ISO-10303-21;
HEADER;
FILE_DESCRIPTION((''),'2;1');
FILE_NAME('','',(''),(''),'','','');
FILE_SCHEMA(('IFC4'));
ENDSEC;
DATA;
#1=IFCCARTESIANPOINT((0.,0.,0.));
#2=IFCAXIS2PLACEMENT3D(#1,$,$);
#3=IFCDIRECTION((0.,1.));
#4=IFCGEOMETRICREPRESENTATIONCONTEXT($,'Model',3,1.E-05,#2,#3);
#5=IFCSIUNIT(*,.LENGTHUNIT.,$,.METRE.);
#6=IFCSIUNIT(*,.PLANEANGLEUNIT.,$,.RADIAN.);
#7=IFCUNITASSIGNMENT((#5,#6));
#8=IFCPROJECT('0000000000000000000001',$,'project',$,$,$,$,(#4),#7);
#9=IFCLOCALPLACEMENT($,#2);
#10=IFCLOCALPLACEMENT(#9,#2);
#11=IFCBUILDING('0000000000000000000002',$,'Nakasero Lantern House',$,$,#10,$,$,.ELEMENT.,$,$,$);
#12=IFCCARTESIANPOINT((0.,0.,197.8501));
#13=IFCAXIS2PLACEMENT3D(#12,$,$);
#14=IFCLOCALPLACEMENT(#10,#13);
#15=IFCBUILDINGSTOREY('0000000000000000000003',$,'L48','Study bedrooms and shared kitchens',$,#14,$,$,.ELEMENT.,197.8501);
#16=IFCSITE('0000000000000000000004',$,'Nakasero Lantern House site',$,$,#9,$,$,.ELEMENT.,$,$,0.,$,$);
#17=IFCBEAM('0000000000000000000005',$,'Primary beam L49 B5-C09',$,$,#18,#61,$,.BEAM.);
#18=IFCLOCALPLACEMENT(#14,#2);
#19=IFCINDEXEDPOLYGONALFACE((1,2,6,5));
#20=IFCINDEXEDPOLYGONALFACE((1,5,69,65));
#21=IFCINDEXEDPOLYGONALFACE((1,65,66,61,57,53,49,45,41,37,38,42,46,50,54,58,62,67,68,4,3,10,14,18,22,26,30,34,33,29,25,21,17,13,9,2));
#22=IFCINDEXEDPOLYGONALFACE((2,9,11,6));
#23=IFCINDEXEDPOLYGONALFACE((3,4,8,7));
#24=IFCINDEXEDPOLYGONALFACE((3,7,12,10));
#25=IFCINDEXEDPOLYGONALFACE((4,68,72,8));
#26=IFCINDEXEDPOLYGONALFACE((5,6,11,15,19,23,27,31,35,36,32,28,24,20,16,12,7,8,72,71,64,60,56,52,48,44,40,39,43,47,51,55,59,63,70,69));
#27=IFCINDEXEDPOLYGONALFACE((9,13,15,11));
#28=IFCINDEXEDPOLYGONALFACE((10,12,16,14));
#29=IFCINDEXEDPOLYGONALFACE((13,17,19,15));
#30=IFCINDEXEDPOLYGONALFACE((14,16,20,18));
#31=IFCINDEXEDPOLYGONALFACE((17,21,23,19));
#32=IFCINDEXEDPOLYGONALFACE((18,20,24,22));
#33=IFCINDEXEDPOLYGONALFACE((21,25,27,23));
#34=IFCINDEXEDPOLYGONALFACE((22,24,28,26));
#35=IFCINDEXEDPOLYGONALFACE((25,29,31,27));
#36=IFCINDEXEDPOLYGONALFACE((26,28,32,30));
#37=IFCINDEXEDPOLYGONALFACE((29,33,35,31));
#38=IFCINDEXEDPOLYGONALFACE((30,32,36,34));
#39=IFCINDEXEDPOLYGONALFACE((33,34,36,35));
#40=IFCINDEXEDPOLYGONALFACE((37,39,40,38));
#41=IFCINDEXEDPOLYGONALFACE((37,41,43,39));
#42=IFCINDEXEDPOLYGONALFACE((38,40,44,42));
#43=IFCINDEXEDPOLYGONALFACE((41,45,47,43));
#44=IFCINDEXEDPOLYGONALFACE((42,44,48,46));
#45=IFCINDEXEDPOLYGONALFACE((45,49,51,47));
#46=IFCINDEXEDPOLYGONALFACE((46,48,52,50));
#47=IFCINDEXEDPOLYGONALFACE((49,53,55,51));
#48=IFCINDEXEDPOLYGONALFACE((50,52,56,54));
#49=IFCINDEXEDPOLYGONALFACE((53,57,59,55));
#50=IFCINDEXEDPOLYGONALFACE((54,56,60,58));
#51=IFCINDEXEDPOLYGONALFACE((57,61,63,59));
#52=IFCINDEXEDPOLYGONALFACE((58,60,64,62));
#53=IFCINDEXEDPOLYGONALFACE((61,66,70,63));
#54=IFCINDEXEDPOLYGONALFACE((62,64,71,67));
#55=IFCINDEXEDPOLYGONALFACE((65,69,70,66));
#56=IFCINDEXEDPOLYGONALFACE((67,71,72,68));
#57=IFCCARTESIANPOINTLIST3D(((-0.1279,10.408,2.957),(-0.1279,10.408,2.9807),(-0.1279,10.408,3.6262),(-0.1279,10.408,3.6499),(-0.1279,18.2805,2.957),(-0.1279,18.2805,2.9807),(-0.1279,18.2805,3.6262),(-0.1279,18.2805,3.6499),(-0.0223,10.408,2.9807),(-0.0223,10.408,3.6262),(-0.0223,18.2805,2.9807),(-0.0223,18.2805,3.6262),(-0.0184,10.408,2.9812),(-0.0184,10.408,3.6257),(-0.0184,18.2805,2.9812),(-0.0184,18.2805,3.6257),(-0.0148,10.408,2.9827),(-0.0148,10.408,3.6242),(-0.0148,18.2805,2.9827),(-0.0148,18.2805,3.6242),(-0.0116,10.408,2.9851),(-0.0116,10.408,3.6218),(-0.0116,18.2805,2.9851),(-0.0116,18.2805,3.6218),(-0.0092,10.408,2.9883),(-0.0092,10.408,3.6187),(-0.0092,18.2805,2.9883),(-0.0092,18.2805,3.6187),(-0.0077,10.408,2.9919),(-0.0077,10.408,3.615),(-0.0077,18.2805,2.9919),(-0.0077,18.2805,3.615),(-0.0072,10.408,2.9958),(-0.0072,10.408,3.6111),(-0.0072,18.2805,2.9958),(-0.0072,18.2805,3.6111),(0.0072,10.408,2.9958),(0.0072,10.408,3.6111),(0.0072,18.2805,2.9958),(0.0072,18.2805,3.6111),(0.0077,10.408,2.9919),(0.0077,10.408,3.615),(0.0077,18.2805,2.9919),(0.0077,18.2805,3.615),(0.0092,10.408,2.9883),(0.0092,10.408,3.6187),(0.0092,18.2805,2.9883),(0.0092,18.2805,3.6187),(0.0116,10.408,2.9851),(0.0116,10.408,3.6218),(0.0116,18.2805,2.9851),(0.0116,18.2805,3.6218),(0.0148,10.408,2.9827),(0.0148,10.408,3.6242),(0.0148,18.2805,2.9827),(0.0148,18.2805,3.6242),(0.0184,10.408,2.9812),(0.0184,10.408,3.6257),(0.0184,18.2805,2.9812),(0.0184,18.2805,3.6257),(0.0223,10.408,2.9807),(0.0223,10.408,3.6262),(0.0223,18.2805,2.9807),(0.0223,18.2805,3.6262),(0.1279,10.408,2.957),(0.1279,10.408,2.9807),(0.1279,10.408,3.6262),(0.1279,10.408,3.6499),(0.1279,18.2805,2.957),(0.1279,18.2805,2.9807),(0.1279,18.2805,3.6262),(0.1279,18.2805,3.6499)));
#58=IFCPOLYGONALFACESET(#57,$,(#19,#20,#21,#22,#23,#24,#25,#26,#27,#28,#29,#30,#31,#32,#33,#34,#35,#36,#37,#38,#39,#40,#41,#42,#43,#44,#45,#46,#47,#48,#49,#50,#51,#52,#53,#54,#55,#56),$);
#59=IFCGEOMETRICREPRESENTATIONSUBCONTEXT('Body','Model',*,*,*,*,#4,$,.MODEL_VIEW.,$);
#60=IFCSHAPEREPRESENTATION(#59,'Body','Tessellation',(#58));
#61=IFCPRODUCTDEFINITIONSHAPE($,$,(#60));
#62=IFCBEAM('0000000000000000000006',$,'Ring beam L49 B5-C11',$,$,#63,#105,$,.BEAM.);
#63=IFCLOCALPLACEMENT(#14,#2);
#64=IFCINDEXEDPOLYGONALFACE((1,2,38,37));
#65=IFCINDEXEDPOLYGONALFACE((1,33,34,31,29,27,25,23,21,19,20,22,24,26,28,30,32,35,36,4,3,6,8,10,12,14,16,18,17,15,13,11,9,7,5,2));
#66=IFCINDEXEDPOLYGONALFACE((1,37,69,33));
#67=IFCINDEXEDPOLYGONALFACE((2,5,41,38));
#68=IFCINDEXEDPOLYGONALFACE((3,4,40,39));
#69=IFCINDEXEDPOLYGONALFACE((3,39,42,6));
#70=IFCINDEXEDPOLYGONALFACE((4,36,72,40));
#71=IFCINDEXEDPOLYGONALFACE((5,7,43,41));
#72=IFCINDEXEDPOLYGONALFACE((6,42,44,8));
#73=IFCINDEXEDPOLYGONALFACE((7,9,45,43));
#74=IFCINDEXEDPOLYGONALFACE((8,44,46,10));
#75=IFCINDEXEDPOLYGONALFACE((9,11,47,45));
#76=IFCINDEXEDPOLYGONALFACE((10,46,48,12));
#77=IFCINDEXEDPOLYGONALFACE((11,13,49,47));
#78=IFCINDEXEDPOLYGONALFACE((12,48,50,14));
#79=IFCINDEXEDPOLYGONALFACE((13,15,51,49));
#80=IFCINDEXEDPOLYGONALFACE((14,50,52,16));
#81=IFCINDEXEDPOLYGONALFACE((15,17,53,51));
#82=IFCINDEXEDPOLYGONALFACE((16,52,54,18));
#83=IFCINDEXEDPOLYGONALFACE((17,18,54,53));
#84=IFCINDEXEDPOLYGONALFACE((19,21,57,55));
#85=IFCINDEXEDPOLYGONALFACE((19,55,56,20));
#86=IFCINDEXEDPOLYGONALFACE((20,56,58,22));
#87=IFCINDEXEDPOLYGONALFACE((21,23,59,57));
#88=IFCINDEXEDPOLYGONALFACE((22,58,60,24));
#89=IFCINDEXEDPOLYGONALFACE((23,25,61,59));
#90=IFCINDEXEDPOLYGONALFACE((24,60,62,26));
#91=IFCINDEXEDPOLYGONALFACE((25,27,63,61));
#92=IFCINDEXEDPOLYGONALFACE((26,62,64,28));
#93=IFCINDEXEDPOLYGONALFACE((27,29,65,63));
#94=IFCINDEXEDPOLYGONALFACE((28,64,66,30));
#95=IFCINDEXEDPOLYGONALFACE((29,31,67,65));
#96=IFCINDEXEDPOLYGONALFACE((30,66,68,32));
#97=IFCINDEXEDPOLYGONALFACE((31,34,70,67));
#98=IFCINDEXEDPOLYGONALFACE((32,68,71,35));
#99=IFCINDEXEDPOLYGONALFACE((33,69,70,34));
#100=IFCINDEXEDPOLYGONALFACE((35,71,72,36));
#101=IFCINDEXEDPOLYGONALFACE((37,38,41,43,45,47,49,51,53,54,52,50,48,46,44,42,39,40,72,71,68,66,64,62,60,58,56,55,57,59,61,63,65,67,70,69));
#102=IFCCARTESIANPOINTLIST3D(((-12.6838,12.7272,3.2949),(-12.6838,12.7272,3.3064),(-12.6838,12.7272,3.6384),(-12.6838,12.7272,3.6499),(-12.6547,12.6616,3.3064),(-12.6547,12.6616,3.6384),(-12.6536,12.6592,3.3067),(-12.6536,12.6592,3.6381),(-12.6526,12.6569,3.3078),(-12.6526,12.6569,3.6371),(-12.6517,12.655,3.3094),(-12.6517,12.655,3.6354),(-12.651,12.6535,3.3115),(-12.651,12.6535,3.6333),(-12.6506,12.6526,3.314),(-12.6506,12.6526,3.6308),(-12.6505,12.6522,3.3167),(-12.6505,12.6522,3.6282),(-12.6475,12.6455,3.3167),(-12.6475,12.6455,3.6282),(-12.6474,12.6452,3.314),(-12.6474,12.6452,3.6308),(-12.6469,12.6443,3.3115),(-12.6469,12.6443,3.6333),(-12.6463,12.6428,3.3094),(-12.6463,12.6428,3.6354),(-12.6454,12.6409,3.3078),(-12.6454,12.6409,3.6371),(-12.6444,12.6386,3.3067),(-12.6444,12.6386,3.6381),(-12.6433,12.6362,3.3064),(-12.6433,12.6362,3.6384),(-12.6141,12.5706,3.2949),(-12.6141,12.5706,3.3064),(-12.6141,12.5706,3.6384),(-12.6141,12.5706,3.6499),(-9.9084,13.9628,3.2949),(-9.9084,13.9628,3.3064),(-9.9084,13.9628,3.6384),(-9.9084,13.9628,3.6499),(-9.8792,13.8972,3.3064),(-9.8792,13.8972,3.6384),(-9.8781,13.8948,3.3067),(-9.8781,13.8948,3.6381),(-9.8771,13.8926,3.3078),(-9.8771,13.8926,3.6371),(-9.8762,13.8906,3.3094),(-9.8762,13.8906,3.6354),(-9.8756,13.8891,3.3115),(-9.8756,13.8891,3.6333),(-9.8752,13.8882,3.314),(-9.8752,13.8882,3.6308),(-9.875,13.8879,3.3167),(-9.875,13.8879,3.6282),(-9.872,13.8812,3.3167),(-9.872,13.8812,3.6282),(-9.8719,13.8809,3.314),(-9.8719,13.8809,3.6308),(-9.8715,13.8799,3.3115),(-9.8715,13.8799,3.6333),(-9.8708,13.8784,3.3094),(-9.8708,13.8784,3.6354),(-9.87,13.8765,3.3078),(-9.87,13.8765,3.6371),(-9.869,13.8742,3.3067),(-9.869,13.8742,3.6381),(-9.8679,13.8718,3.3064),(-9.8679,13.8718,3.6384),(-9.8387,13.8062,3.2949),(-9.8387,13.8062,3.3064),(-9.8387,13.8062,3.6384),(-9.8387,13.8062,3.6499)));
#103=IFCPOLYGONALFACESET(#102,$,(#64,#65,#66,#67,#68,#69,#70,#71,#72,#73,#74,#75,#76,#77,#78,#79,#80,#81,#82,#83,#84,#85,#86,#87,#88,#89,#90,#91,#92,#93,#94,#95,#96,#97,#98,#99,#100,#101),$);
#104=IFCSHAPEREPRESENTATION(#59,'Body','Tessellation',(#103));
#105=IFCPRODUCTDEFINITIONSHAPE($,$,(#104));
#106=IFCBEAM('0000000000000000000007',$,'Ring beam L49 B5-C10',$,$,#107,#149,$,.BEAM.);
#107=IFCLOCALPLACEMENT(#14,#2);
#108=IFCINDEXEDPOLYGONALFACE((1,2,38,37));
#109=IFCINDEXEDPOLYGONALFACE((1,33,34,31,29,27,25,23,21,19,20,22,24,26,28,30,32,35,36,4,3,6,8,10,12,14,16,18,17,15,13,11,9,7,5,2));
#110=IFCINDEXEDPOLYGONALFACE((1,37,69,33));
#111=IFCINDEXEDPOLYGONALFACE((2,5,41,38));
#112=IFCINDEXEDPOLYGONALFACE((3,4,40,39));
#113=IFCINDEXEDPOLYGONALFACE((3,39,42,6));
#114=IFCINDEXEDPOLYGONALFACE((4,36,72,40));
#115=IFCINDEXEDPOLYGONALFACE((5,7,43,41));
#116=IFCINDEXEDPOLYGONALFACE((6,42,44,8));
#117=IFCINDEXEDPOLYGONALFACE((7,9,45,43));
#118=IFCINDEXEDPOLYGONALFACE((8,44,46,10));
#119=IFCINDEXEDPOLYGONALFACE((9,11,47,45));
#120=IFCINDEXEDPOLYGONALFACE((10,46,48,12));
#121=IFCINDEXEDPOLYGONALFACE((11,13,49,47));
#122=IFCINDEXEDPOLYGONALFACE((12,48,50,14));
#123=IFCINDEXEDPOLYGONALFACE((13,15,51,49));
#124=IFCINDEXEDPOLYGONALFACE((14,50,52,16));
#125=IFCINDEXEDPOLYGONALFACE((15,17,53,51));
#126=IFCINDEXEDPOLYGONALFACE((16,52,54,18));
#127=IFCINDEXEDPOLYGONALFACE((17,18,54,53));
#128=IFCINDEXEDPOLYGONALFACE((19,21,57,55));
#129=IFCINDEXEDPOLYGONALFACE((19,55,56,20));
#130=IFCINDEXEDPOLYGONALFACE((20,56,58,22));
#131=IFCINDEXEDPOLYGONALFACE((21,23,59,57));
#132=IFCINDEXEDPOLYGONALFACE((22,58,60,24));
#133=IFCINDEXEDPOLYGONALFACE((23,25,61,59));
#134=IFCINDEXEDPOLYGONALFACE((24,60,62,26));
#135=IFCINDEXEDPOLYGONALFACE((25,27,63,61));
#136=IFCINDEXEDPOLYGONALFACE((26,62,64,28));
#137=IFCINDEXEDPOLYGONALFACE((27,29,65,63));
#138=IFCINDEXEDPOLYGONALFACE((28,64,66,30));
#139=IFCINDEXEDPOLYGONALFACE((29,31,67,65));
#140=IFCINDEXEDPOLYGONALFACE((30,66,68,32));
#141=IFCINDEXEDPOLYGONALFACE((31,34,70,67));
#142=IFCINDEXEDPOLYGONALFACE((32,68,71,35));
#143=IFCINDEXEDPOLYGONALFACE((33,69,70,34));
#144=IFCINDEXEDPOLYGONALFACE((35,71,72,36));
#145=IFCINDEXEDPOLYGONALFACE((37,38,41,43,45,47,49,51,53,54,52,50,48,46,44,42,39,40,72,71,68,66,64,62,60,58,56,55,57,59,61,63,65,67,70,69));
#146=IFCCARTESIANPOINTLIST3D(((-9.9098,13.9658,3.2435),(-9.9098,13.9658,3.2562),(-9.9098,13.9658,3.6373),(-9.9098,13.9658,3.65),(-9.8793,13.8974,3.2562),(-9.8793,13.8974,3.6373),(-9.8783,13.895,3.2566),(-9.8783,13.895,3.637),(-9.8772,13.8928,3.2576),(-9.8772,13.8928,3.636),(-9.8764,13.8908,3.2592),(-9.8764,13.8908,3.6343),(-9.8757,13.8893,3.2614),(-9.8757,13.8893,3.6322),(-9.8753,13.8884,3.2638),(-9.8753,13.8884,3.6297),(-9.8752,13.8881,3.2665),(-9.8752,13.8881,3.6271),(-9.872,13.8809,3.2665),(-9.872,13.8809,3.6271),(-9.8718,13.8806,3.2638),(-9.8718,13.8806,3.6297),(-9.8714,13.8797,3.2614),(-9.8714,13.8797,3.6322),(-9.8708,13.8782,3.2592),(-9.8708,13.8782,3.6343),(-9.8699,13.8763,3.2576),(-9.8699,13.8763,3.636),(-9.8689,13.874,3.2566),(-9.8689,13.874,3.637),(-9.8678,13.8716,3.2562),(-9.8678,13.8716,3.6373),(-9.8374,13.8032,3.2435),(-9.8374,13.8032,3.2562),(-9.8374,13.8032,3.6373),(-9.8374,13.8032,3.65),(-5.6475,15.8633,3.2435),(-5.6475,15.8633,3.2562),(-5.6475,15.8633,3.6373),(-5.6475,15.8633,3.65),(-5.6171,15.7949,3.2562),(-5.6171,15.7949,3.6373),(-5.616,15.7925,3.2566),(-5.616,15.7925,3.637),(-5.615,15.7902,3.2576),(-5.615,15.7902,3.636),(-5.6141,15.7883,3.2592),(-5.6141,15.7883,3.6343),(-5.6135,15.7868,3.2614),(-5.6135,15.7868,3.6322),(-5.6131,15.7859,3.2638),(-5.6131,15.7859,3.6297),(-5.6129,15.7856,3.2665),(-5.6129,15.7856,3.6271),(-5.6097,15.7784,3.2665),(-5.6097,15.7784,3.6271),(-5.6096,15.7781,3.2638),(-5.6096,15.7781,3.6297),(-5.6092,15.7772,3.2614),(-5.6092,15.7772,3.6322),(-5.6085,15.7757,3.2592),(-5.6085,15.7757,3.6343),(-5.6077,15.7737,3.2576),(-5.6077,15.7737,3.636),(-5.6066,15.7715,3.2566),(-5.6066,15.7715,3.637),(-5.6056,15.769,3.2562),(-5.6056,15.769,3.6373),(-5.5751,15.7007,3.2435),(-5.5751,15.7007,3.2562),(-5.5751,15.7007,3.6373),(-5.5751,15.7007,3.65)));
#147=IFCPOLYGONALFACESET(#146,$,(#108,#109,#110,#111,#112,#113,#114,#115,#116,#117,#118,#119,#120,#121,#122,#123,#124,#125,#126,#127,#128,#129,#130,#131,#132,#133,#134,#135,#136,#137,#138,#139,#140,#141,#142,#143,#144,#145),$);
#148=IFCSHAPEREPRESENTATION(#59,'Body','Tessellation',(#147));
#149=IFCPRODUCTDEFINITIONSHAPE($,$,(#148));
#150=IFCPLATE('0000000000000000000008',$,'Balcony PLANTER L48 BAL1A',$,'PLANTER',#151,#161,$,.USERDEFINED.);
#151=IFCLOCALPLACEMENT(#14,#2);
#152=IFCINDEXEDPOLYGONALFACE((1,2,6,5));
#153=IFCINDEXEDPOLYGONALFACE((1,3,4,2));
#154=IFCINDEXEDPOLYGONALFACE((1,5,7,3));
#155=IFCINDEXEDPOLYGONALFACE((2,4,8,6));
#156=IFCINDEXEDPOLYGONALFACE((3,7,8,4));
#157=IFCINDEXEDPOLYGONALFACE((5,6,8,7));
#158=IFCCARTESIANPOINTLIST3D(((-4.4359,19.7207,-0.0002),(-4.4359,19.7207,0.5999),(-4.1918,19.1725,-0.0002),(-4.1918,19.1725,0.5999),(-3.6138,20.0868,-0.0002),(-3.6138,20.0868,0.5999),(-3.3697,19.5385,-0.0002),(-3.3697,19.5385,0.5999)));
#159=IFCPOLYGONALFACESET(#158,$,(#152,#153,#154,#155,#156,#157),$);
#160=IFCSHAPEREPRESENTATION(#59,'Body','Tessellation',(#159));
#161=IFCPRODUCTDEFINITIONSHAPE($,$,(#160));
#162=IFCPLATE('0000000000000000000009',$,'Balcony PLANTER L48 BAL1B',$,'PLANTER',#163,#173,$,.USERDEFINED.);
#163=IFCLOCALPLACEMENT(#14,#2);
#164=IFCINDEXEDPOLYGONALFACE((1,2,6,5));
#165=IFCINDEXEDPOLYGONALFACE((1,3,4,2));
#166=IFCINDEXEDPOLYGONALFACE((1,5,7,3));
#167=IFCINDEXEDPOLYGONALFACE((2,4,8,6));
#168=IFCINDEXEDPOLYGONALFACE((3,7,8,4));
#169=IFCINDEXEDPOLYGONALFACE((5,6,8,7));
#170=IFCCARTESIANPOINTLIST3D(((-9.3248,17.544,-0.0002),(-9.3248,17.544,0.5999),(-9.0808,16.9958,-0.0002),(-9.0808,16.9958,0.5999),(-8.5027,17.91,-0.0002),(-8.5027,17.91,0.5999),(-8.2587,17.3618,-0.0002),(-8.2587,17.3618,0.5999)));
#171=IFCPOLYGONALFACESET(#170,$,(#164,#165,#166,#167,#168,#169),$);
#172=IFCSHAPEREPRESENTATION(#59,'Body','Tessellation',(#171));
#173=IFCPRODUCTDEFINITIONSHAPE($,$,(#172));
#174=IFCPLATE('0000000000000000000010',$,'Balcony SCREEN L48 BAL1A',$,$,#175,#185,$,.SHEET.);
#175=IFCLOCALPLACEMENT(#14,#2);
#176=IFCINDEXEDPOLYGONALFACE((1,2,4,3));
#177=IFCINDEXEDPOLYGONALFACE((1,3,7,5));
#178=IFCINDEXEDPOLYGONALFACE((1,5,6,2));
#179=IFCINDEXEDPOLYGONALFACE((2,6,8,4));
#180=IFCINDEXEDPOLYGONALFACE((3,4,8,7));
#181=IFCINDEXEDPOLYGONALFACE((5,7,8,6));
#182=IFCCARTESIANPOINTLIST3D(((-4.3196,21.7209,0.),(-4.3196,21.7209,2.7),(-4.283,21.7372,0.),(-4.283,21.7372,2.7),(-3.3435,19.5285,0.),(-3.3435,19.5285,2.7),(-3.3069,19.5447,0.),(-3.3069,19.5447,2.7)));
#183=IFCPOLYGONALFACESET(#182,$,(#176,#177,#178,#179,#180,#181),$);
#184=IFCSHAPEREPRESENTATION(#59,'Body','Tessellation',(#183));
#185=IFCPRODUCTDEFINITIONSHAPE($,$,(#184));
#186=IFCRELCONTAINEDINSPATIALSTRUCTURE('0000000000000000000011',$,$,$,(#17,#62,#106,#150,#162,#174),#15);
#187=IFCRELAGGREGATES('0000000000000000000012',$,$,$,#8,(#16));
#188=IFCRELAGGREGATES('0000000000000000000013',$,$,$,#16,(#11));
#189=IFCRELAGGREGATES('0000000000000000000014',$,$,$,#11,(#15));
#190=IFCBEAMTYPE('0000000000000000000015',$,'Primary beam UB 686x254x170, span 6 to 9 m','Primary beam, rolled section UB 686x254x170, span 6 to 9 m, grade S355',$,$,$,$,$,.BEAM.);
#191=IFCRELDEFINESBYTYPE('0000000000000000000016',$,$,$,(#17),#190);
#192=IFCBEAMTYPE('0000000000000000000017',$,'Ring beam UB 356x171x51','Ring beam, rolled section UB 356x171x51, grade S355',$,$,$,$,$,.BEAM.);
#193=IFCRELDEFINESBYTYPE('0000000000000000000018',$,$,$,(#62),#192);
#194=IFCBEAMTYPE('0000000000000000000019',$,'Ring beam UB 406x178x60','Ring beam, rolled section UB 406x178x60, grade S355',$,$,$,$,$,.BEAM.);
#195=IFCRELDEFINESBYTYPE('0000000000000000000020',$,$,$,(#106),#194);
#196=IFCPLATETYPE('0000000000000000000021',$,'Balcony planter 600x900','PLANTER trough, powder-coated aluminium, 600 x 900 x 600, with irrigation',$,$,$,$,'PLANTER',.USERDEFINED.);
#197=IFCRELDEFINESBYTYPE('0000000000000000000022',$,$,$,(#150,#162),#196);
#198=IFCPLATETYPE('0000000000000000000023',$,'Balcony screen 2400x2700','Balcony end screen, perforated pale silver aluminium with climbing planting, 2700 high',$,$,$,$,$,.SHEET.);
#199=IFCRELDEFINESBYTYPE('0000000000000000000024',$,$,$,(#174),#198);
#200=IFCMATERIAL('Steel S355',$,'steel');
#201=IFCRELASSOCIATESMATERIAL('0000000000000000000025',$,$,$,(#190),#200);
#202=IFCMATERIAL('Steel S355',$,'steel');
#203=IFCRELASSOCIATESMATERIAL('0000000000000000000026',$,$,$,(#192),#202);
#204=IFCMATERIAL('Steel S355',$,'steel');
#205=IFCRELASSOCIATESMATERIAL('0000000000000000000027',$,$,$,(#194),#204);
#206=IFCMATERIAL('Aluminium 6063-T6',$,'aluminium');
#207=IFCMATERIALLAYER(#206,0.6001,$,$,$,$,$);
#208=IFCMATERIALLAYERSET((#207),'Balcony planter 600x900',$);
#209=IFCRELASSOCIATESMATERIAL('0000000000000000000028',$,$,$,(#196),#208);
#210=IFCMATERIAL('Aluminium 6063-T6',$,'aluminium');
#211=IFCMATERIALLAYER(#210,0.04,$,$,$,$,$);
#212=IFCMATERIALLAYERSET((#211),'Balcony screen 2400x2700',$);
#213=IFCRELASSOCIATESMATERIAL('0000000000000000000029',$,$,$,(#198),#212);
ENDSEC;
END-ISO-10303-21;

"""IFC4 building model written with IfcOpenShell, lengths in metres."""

from ifc_helpers import new_model, si_unit, direction, frame, origin, origin_2d, place, context, subcontext, project, spatial, rectangle, i_section, extrude, material, layer, layer_set, material_profile, profile_set, type_object, element, save


model = new_model("IFC4")

# Units and contexts
model_context = context("Model", 3, precision=1e-05, world=origin(), true_north=direction((0.0, 1.0)))
body_context = subcontext(model_context, "Body", "Model", "MODEL_VIEW")
ifc_project = project(units=[si_unit("LENGTHUNIT", "METRE"), si_unit("PLANEANGLEUNIT", "RADIAN")], contexts=[model_context])

# Site, building, storey
site_placement = place(None, origin())
site = spatial("IfcSite", under=ifc_project, at=site_placement, Name="Nakasero Lantern House site", CompositionType="ELEMENT", RefElevation=0.0)
building_placement = place(site_placement, origin())
building = spatial("IfcBuilding", under=site, at=building_placement, Name="Nakasero Lantern House", CompositionType="ELEMENT")
storey_placement = place(building_placement, frame((0.0, 0.0, 197.8501)))
storey = spatial("IfcBuildingStorey", under=building, at=storey_placement, Name="L48", Description="Study bedrooms and shared kitchens", CompositionType="ELEMENT", Elevation=197.8501)

# Beams
ifc_material_1 = material(Name="Steel S355", Category="steel")
ifc_material_profile_1 = material_profile(ifc_material_1, i_section(OverallWidth=0.2559, OverallDepth=0.6929, WebThickness=0.0144, FlangeThickness=0.0237, FilletRadius=0.0151, at=origin_2d()), Name="UB 686x254x170")
ifc_profile_set_1 = profile_set([ifc_material_profile_1], Name="Steel S355")
beam_type_1 = type_object("IfcBeamType", Name="Primary beam UB 686x254x170, span 6 to 9 m", Description="Primary beam, rolled section UB 686x254x170, span 6 to 9 m, grade S355", PredefinedType="BEAM", material=ifc_profile_set_1)
beam_1_placement = place(storey_placement, frame((0.0, 18.2805, 3.3035), z_axis=(0.0, -1.0, 0.0), x_axis=(1.0, 0.0, 0.0)))
element("IfcBeam", 1, at=beam_1_placement, inside=storey, type_object=beam_type_1, Name="Primary beam L49 B5-C09", PredefinedType="BEAM", context=body_context, shape_type="SweptSolid", body=[
    extrude(i_section(OverallWidth=0.2559, OverallDepth=0.6929, WebThickness=0.0144, FlangeThickness=0.0237, FilletRadius=0.0151, at=origin_2d()), origin(), (0.0, 0.0, 1.0), 7.8726),
])
ifc_material_2 = material(Name="Steel S355", Category="steel")
ifc_material_profile_2 = material_profile(ifc_material_2, i_section(OverallWidth=0.1714, OverallDepth=0.355, WebThickness=0.0073, FlangeThickness=0.0115, FilletRadius=0.0103, at=origin_2d()), Name="UB 356x171x51")
ifc_profile_set_2 = profile_set([ifc_material_profile_2], Name="Steel S355")
beam_type_2 = type_object("IfcBeamType", Name="Ring beam UB 356x171x51", Description="Ring beam, rolled section UB 356x171x51, grade S355", PredefinedType="BEAM", material=ifc_profile_set_2)
beam_2_placement = place(storey_placement, frame((-9.8735, 13.8845, 3.4724), z_axis=(-0.913556, -0.406713, 0.0), x_axis=(0.406713, -0.913556, 0.0)))
element("IfcBeam", 2, at=beam_2_placement, inside=storey, type_object=beam_type_2, Name="Ring beam L49 B5-C11", PredefinedType="BEAM", context=body_context, shape_type="SweptSolid", body=[
    extrude(i_section(OverallWidth=0.1714, OverallDepth=0.355, WebThickness=0.0073, FlangeThickness=0.0115, FilletRadius=0.0103, at=origin_2d()), origin(), (0.0, 0.0, 1.0), 3.0381),
])
ifc_material_3 = material(Name="Steel S355", Category="steel")
ifc_material_profile_3 = material_profile(ifc_material_3, i_section(OverallWidth=0.178, OverallDepth=0.4065, WebThickness=0.0078, FlangeThickness=0.0127, FilletRadius=0.0103, at=origin_2d()), Name="UB 406x178x60")
ifc_profile_set_3 = profile_set([ifc_material_profile_3], Name="Steel S355")
beam_type_3 = type_object("IfcBeamType", Name="Ring beam UB 406x178x60", Description="Ring beam, rolled section UB 406x178x60, grade S355", PredefinedType="BEAM", material=ifc_profile_set_3)
beam_3_placement = place(storey_placement, frame((-5.6113, 15.782, 3.4468), z_axis=(-0.913561, -0.406702, 0.0), x_axis=(0.406702, -0.913561, 0.0)))
element("IfcBeam", 3, at=beam_3_placement, inside=storey, type_object=beam_type_3, Name="Ring beam L49 B5-C10", PredefinedType="BEAM", context=body_context, shape_type="SweptSolid", body=[
    extrude(i_section(OverallWidth=0.178, OverallDepth=0.4065, WebThickness=0.0078, FlangeThickness=0.0127, FilletRadius=0.0103, at=origin_2d()), origin(), (0.0, 0.0, 1.0), 4.6655),
])

# Plates
ifc_material_4 = material(Name="Aluminium 6063-T6", Category="aluminium")
ifc_layer_1 = layer(ifc_material_4, 0.6001)
ifc_layer_set_1 = layer_set([ifc_layer_1], Name="Balcony planter 600x900")
plate_type_1 = type_object("IfcPlateType", Name="Balcony planter 600x900", Description="PLANTER trough, powder-coated aluminium, 600 x 900 x 600, with irrigation", ElementType="PLANTER", PredefinedType="USERDEFINED", material=ifc_layer_set_1)
for number, where, z_axis, x_axis, name in (
    (4, (-3.9028, 19.6296, -0.0002), (0.0, 0.0, 1.0), (-0.406737, 0.913545, 0.0), "Balcony PLANTER L48 BAL1A"),
    (5, (-8.7917, 17.4529, -0.0002), (0.0, 0.0, 1.0), (-0.406737, 0.913545, 0.0), "Balcony PLANTER L48 BAL1B"),
):
    element("IfcPlate", number, at=place(storey_placement, frame(where, z_axis=z_axis, x_axis=x_axis)), inside=storey, type_object=plate_type_1, Name=name, ObjectType="PLANTER", PredefinedType="USERDEFINED", context=body_context, shape_type="SweptSolid", body=[
        extrude(rectangle(XDim=0.6001, YDim=0.8999, at=origin_2d()), origin(), (0.0, 0.0, 1.0), 0.6001),
    ])
ifc_material_5 = material(Name="Aluminium 6063-T6", Category="aluminium")
ifc_layer_2 = layer(ifc_material_5, 0.04)
ifc_layer_set_2 = layer_set([ifc_layer_2], Name="Balcony screen 2400x2700")
plate_type_2 = type_object("IfcPlateType", Name="Balcony screen 2400x2700", Description="Balcony end screen, perforated pale silver aluminium with climbing planting, 2700 high", PredefinedType="SHEET", material=ifc_layer_set_2)
for number, where, z_axis, x_axis, name in (
    (6, (-3.8132, 20.6328, 0.0), (0.0, 0.0, 1.0), (-0.406737, 0.913545, 0.0), "Balcony SCREEN L48 BAL1A"),
):
    element("IfcPlate", number, at=place(storey_placement, frame(where, z_axis=z_axis, x_axis=x_axis)), inside=storey, type_object=plate_type_2, Name=name, PredefinedType="SHEET", context=body_context, shape_type="SweptSolid", body=[
        extrude(rectangle(XDim=2.3999, YDim=0.04, at=origin_2d()), origin(), (0.0, 0.0, 1.0), 2.7),
    ])

save(model, "model.ifc")
